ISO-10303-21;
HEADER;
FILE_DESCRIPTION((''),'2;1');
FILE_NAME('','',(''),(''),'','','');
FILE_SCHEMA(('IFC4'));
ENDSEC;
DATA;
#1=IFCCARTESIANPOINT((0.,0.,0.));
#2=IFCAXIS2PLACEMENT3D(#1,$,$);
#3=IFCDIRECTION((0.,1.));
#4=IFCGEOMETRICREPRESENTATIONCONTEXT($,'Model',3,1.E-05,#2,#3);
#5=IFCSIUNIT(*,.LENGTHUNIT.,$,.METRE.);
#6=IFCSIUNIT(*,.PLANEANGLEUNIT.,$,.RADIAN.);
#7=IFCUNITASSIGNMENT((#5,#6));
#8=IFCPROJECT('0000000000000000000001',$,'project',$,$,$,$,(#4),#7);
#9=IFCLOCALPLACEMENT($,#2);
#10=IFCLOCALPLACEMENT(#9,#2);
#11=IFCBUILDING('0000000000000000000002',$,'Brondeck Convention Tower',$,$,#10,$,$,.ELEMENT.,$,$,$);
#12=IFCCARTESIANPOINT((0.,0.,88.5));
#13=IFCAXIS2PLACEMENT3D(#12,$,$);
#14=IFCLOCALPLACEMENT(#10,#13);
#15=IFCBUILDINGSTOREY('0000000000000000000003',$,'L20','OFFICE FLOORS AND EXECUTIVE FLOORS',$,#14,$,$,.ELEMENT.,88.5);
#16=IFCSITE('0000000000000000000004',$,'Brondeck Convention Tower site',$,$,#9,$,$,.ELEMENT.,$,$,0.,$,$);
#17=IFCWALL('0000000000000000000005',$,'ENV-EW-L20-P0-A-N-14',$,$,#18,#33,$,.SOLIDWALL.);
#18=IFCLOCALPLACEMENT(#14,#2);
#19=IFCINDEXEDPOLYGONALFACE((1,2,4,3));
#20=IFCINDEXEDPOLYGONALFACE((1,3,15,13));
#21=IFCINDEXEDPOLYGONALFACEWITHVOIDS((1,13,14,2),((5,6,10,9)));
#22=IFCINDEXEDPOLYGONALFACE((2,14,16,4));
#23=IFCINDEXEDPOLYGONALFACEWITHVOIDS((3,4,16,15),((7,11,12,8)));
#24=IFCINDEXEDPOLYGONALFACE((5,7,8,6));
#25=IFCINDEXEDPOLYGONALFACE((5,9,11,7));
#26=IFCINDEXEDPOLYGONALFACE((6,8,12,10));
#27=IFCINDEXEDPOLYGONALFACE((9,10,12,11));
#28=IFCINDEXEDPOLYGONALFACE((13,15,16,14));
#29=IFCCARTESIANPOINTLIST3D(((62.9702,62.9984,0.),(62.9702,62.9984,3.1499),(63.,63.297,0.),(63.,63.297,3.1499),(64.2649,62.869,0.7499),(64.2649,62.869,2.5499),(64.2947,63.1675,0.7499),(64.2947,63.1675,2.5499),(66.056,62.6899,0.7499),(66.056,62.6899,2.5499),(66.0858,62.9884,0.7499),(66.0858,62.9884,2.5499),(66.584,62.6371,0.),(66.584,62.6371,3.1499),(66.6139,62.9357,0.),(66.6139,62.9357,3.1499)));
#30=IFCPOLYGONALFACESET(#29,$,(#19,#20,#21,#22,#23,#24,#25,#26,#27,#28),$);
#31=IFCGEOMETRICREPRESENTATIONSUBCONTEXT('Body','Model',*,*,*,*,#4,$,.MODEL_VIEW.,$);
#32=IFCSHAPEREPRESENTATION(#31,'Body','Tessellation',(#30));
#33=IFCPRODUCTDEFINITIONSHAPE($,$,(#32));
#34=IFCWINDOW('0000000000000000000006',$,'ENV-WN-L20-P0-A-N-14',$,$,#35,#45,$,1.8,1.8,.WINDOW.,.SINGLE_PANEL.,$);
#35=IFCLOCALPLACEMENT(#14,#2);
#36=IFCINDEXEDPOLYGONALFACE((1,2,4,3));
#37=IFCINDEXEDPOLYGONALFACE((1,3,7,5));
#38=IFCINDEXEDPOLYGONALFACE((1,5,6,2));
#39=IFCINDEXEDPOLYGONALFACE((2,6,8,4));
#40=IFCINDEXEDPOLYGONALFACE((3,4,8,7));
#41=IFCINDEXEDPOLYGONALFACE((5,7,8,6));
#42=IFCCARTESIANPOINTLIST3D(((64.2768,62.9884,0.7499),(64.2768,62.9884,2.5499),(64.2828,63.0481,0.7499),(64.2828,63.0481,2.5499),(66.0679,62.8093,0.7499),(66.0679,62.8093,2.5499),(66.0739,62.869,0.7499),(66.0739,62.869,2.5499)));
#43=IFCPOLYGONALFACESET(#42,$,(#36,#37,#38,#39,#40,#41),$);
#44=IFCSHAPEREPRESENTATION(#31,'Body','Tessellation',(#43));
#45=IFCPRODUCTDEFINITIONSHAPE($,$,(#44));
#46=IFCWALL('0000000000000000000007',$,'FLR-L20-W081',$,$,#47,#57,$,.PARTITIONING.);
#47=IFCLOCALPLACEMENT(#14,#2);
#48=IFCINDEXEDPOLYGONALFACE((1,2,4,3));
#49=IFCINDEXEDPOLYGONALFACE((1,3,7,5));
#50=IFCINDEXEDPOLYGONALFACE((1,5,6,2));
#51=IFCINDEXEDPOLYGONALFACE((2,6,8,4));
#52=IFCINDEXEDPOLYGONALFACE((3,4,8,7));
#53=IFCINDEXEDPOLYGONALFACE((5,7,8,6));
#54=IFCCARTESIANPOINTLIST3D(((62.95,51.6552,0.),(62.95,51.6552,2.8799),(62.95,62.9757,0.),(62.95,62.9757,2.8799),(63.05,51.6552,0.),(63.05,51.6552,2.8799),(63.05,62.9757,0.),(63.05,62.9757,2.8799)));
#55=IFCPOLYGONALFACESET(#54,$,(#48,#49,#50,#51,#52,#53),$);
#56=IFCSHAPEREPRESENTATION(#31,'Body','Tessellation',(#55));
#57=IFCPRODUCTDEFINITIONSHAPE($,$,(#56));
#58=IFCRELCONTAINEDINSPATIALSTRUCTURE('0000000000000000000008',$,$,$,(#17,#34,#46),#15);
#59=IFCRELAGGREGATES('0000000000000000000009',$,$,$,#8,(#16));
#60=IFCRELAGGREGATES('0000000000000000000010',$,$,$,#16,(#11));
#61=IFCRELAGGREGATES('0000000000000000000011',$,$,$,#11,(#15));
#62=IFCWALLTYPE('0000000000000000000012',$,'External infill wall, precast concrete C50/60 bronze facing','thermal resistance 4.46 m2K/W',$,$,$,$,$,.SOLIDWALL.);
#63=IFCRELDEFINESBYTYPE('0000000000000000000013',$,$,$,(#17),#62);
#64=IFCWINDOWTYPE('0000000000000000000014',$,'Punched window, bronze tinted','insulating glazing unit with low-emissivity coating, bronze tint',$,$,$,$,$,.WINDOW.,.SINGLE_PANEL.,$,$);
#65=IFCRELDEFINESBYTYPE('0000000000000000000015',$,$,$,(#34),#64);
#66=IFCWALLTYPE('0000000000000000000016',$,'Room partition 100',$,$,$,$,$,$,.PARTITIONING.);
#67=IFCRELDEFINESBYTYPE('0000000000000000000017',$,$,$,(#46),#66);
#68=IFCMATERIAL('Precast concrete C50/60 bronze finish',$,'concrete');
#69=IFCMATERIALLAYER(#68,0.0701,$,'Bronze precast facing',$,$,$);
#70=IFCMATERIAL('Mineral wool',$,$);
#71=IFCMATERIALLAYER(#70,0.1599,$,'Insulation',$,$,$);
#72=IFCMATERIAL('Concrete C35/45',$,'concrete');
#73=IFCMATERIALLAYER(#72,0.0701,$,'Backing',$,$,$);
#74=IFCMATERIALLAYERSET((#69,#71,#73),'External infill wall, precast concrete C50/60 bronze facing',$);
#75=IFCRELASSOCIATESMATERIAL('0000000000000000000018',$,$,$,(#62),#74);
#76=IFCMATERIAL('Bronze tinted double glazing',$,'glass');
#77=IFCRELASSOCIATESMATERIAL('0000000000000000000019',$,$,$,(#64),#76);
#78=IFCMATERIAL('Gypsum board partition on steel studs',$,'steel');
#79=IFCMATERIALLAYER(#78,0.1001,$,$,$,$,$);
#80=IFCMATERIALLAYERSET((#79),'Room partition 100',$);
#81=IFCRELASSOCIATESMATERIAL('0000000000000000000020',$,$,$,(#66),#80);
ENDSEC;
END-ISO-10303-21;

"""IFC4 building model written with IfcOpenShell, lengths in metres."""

from ifc_helpers import new_model, si_unit, direction, frame, frame_2d, origin, place, context, subcontext, project, spatial, rectangle, extrude, material, layer, layer_set, type_object, element, fill, save


model = new_model("IFC4")

# Units and contexts
model_context = context("Model", 3, precision=1e-05, world=origin(), true_north=direction((0.0, 1.0)))
body_context = subcontext(model_context, "Body", "Model", "MODEL_VIEW")
ifc_project = project(units=[si_unit("LENGTHUNIT", "METRE"), si_unit("PLANEANGLEUNIT", "RADIAN")], contexts=[model_context])

# Site, building, storey
site_placement = place(None, origin())
site = spatial("IfcSite", under=ifc_project, at=site_placement, Name="Brondeck Convention Tower site", CompositionType="ELEMENT", RefElevation=0.0)
building_placement = place(site_placement, origin())
building = spatial("IfcBuilding", under=site, at=building_placement, Name="Brondeck Convention Tower", CompositionType="ELEMENT")
storey_placement = place(building_placement, frame((0.0, 0.0, 88.5)))
storey = spatial("IfcBuildingStorey", under=building, at=storey_placement, Name="L20", Description="OFFICE FLOORS AND EXECUTIVE FLOORS", CompositionType="ELEMENT", Elevation=88.5)

# Shared definitions
ifc_material_1 = material(Name="Precast concrete C50/60 bronze finish", Category="concrete")
ifc_layer_1 = layer(ifc_material_1, 0.0701, Name="Bronze precast facing")
ifc_material_2 = material(Name="Mineral wool")
ifc_layer_2 = layer(ifc_material_2, 0.1599, Name="Insulation")
ifc_material_3 = material(Name="Concrete C35/45", Category="concrete")
ifc_layer_3 = layer(ifc_material_3, 0.0701, Name="Backing")
ifc_layer_set_1 = layer_set([ifc_layer_1, ifc_layer_2, ifc_layer_3], Name="External infill wall, precast concrete C50/60 bronze facing")
wall_type_1 = type_object("IfcWallType", Name="External infill wall, precast concrete C50/60 bronze facing", Description="thermal resistance 4.46 m2K/W", PredefinedType="SOLIDWALL", material=ifc_layer_set_1)
ifc_material_4 = material(Name="Bronze tinted double glazing", Category="glass")
window_type_1 = type_object("IfcWindowType", Name="Punched window, bronze tinted", Description="insulating glazing unit with low-emissivity coating, bronze tint", PartitioningType="SINGLE_PANEL", PredefinedType="WINDOW", material=ifc_material_4)

# Wall, opening, window
wall_1_placement = place(storey_placement, frame((62.9851, 63.1477, 0.0), z_axis=(0.0, 0.0, 1.0), x_axis=(0.995039, -0.09949, 0.0)))
wall_1 = element("IfcWall", 1, at=wall_1_placement, inside=storey, type_object=wall_type_1, Name="ENV-EW-L20-P0-A-N-14", PredefinedType="SOLIDWALL", context=body_context, shape_type="SweptSolid", body=[
    extrude(rectangle(XDim=3.6318, YDim=0.3, at=frame_2d((1.8159, 0.0))), origin(), (0.0, 0.0, 1.0), 3.1499),
])
opening_1_placement = place(wall_1_placement, frame((1.3013, 0.0, 0.75)))
opening_1 = element("IfcOpeningElement", 2, at=opening_1_placement, cuts=wall_1, PredefinedType="OPENING", context=body_context, shape_type="SweptSolid", body=[
    extrude(rectangle(XDim=1.8, YDim=1.8, at=frame_2d((0.8999, 0.8999))), frame((0.0, 0.1599, 0.0), z_axis=(0.0, -1.0, 0.0), x_axis=(1.0, 0.0, 0.0)), (0.0, 0.0, 1.0), 0.3201),
])
window_1_placement = place(opening_1_placement, origin())
window_1 = element("IfcWindow", 3, at=window_1_placement, inside=storey, type_object=window_type_1, Name="ENV-WN-L20-P0-A-N-14", OverallHeight=1.8, OverallWidth=1.8, PartitioningType="SINGLE_PANEL", PredefinedType="WINDOW", context=body_context, shape_type="SweptSolid", body=[
    extrude(rectangle(XDim=1.8, YDim=1.8, at=frame_2d((0.8999, 0.8999))), frame((0.0, 0.03, 0.0), z_axis=(0.0, -1.0, 0.0), x_axis=(1.0, 0.0, 0.0)), (0.0, 0.0, 1.0), 0.0601),
])
fill(opening_1, window_1)

# Wall
ifc_material_5 = material(Name="Gypsum board partition on steel studs", Category="steel")
ifc_layer_4 = layer(ifc_material_5, 0.1001)
ifc_layer_set_2 = layer_set([ifc_layer_4], Name="Room partition 100")
wall_type_2 = type_object("IfcWallType", Name="Room partition 100", PredefinedType="PARTITIONING", material=ifc_layer_set_2)
wall_2_placement = place(storey_placement, frame((63.0, 62.9756, 0.0), z_axis=(0.0, 0.0, 1.0), x_axis=(0.0, -1.0, 0.0)))
element("IfcWall", 4, at=wall_2_placement, inside=storey, type_object=wall_type_2, Name="FLR-L20-W081", PredefinedType="PARTITIONING", context=body_context, shape_type="SweptSolid", body=[
    extrude(rectangle(XDim=11.3206, YDim=0.1001, at=frame_2d((5.6602, 0.0))), origin(), (0.0, 0.0, 1.0), 2.8799),
])

save(model, "model.ifc")
